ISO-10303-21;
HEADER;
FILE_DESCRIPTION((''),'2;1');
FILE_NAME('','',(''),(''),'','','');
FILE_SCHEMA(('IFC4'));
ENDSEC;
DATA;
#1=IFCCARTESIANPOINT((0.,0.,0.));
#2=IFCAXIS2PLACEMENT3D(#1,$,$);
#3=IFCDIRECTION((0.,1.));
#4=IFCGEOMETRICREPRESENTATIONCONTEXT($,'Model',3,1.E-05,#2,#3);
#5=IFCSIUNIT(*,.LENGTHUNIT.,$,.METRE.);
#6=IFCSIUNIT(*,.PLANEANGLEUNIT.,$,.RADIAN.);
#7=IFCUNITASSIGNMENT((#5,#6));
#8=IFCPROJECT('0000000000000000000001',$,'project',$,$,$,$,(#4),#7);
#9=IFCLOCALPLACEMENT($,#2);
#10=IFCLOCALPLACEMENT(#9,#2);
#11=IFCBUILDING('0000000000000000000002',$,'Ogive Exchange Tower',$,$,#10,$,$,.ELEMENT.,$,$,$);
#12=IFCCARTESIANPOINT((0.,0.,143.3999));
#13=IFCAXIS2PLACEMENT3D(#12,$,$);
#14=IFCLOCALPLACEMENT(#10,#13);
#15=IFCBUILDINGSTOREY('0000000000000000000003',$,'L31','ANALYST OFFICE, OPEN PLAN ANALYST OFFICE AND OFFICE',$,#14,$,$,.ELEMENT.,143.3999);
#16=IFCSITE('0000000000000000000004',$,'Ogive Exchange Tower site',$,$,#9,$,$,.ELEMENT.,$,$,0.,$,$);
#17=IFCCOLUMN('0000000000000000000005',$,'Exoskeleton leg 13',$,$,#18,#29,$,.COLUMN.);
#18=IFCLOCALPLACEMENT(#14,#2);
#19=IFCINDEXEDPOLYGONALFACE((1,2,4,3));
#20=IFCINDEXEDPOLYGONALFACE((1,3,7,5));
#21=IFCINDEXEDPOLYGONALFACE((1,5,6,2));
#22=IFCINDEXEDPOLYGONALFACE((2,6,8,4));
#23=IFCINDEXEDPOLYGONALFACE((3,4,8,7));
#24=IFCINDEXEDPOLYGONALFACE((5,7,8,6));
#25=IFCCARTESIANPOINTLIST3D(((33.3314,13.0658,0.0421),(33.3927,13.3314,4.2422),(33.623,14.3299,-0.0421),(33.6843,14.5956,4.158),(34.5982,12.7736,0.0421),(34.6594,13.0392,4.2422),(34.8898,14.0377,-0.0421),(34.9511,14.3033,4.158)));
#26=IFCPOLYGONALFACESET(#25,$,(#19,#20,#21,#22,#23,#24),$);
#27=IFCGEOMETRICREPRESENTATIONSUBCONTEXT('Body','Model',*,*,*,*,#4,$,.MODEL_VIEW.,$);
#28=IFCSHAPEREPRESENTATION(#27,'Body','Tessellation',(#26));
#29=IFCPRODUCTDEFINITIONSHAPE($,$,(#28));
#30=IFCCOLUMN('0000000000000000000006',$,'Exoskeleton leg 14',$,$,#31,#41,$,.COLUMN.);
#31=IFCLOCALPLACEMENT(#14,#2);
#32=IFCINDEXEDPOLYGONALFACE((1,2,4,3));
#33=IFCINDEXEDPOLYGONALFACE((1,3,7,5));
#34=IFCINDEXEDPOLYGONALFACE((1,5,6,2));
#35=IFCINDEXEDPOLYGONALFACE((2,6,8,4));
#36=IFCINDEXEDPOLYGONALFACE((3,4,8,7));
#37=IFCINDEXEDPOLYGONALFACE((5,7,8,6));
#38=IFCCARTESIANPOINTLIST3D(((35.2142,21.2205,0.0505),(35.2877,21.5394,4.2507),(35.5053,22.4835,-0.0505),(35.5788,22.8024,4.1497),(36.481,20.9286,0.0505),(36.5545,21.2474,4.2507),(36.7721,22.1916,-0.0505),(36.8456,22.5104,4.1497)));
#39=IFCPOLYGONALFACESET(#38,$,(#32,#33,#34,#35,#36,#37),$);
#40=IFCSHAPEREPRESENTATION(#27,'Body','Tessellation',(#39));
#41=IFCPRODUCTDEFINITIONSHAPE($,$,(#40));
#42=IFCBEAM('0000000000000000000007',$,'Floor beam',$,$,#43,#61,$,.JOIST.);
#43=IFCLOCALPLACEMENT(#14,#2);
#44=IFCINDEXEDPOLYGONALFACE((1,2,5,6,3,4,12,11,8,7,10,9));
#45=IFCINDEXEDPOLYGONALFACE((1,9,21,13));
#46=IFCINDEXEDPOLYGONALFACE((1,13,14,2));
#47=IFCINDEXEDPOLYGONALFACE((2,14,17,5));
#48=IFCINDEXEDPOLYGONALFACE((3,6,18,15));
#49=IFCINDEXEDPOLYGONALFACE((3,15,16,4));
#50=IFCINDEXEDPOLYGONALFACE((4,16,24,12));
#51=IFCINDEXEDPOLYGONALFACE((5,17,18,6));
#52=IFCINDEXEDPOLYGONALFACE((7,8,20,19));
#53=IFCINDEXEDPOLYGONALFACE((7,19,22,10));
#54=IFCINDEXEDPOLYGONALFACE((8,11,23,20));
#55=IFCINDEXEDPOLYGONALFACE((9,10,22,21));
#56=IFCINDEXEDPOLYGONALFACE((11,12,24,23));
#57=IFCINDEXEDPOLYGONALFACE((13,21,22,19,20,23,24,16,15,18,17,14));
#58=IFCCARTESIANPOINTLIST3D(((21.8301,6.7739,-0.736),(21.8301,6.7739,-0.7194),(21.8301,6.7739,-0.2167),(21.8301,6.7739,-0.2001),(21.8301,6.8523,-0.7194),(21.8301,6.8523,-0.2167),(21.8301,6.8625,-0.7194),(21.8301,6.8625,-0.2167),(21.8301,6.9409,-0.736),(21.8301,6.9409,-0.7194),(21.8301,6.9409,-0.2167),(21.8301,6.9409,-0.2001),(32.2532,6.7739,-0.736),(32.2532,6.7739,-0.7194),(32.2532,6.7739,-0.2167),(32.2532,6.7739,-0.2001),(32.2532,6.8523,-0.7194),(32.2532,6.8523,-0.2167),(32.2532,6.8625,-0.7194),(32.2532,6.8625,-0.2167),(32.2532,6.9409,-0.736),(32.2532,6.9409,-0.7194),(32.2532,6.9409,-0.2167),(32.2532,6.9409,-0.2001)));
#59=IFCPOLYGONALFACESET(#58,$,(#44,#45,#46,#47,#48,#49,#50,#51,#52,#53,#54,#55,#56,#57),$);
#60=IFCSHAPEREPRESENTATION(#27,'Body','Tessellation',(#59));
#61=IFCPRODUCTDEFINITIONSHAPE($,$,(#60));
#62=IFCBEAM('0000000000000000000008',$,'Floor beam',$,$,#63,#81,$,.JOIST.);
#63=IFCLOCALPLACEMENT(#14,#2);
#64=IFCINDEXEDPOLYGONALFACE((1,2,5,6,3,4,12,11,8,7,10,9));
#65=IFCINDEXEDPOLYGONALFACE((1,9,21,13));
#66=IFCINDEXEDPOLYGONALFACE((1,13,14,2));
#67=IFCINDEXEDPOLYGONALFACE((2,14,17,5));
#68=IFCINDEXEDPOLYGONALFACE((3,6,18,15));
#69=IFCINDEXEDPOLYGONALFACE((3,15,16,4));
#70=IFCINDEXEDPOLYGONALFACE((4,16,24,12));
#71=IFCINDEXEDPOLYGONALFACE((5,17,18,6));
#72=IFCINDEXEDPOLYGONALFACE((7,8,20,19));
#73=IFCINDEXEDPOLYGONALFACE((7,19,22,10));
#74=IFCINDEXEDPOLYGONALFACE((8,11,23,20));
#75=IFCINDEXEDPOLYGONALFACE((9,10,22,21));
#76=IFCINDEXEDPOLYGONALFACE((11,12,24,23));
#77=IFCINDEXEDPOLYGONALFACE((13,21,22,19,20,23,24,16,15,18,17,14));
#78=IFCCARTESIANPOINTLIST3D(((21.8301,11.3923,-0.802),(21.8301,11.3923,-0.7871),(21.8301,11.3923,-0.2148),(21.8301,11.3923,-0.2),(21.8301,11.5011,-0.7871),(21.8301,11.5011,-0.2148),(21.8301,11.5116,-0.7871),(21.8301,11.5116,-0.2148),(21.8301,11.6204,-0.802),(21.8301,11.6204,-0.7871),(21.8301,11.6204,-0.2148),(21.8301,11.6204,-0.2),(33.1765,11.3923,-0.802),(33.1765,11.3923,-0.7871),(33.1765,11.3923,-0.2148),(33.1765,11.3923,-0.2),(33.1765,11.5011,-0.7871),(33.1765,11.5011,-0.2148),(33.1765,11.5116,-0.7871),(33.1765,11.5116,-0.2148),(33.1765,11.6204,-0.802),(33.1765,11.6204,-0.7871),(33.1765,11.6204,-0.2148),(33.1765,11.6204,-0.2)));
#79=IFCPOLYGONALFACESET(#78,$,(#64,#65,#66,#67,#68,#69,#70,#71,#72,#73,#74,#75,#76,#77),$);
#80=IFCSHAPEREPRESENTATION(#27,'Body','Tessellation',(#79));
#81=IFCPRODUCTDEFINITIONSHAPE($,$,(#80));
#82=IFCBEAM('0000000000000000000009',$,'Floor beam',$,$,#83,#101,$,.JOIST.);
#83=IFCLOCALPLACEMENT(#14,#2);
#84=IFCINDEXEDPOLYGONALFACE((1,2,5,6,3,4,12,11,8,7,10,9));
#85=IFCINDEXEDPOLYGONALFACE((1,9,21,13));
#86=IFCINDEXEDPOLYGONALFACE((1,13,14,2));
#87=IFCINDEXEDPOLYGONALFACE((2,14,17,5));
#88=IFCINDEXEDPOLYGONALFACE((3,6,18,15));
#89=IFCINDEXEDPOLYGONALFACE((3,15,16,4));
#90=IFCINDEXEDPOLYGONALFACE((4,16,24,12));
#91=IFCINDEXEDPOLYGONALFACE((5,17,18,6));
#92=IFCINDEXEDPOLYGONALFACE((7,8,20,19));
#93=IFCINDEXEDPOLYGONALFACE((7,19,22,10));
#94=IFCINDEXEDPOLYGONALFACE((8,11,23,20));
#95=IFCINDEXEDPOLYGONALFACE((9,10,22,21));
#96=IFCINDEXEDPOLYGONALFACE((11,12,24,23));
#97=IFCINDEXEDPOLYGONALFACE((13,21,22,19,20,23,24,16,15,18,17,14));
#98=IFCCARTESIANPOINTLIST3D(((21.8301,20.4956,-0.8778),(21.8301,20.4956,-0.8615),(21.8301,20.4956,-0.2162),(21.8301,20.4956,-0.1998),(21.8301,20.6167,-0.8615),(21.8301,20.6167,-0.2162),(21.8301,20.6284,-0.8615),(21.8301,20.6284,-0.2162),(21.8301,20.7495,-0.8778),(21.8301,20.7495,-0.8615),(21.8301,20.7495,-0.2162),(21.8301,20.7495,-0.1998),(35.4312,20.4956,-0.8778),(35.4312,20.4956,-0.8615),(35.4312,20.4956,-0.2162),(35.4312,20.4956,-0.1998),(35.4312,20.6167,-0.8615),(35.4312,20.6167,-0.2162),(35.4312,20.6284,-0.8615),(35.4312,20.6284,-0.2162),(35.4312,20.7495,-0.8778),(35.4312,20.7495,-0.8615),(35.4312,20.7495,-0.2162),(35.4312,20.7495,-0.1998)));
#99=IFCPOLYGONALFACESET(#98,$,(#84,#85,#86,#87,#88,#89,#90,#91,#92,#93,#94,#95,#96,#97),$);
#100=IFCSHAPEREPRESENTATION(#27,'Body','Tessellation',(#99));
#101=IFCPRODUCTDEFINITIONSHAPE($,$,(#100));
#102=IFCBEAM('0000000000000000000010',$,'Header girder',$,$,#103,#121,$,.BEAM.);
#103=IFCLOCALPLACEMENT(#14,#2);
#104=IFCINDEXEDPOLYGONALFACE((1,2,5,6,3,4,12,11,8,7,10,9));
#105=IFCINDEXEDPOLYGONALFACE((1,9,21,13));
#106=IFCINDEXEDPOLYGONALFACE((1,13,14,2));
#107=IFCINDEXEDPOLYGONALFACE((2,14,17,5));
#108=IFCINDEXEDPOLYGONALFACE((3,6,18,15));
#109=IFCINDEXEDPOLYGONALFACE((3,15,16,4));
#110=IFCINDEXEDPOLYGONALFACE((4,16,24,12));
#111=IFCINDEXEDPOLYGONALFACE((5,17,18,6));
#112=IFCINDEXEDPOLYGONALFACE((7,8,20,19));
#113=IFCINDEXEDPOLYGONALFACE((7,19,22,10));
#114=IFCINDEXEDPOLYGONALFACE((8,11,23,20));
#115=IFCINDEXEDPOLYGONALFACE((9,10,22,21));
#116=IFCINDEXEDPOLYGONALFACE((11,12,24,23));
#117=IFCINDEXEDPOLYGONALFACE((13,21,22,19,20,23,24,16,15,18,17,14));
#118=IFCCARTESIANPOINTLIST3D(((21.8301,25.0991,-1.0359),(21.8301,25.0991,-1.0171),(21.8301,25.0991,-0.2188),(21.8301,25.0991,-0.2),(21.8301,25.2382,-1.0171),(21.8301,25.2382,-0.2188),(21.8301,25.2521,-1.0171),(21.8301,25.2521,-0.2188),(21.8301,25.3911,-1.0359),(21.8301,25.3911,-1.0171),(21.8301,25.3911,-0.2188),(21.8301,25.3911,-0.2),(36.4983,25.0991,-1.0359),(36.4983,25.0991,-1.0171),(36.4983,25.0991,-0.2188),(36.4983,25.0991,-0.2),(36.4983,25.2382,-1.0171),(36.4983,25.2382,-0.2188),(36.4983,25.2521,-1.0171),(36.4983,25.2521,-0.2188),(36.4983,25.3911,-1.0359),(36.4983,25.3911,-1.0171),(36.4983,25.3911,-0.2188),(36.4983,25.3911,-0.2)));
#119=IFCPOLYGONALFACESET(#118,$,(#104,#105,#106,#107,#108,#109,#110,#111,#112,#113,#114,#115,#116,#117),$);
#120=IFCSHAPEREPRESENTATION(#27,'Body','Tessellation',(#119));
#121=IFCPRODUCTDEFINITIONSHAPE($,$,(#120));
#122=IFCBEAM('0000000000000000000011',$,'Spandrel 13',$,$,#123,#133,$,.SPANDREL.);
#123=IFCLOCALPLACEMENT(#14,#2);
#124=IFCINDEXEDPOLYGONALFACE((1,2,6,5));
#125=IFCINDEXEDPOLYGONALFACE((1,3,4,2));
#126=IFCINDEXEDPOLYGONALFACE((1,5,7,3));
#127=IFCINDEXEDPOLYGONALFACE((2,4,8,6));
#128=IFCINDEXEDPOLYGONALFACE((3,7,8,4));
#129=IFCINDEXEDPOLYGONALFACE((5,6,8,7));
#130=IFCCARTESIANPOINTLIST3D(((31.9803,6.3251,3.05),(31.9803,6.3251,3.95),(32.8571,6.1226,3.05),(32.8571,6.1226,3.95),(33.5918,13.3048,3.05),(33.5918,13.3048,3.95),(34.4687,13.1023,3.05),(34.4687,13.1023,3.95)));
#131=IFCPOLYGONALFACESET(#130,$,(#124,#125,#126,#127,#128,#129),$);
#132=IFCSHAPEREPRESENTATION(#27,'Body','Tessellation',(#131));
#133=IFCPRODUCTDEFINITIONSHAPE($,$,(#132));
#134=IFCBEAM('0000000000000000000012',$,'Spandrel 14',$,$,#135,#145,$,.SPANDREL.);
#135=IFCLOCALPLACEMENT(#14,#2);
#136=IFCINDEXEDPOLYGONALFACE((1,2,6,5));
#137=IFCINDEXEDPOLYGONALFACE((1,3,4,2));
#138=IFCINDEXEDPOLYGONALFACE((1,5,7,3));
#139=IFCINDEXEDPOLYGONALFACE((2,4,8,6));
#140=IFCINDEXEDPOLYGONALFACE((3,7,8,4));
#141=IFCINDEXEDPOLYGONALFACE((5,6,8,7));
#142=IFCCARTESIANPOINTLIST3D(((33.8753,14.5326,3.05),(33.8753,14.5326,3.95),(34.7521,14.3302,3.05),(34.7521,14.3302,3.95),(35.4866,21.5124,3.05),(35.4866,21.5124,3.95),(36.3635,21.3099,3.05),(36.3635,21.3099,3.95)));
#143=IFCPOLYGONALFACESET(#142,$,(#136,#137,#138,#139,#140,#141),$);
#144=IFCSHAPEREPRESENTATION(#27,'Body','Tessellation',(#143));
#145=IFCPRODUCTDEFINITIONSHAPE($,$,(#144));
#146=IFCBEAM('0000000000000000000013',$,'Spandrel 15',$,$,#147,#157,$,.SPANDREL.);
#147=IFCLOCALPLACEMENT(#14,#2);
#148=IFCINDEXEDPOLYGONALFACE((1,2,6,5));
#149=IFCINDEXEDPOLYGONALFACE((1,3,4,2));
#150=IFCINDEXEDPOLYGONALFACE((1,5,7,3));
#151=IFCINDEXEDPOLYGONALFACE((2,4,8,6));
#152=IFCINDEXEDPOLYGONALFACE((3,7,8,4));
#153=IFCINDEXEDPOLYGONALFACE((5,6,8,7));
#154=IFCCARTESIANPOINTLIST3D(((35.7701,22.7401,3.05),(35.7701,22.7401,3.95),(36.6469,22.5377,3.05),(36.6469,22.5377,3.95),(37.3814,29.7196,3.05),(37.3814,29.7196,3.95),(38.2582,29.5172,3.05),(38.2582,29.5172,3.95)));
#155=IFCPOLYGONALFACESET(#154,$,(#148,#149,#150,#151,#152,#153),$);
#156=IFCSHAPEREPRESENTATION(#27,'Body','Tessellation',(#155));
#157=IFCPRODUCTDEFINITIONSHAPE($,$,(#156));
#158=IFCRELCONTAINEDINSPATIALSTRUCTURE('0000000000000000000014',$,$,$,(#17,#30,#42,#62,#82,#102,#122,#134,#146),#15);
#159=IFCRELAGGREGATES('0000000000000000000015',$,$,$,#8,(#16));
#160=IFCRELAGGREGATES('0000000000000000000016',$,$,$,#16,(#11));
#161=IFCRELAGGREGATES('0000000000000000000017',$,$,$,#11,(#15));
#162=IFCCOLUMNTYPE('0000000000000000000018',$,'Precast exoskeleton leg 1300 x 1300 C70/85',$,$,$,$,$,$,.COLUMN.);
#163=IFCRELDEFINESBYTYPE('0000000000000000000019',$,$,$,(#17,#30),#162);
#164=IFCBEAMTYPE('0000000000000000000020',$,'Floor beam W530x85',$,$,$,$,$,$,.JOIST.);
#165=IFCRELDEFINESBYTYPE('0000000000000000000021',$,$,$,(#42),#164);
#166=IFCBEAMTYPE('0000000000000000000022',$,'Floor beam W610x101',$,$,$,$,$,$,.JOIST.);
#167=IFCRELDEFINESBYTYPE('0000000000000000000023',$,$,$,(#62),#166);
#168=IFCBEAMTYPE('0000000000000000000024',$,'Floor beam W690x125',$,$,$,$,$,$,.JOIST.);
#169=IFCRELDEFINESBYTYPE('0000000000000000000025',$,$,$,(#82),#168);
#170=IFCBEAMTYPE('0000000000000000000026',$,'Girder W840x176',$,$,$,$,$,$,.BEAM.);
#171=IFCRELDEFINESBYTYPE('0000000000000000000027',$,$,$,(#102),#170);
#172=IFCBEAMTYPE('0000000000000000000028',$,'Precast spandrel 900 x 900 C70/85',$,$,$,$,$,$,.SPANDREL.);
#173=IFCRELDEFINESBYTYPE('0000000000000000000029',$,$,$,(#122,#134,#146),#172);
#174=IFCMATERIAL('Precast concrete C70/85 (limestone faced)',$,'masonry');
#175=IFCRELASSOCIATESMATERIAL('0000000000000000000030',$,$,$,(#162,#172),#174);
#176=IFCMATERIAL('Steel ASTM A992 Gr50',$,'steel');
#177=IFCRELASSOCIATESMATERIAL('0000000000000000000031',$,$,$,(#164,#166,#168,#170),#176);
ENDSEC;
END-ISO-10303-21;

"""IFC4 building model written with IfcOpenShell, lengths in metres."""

from ifc_helpers import new_model, si_unit, direction, frame, origin, origin_2d, place, context, subcontext, project, spatial, rectangle, i_section, extrude, material, material_profile, profile_set, type_object, element, save


model = new_model("IFC4")

# Units and contexts
model_context = context("Model", 3, precision=1e-05, world=origin(), true_north=direction((0.0, 1.0)))
body_context = subcontext(model_context, "Body", "Model", "MODEL_VIEW")
ifc_project = project(units=[si_unit("LENGTHUNIT", "METRE"), si_unit("PLANEANGLEUNIT", "RADIAN")], contexts=[model_context])

# Site, building, storey
site_placement = place(None, origin())
site = spatial("IfcSite", under=ifc_project, at=site_placement, Name="Ogive Exchange Tower site", CompositionType="ELEMENT", RefElevation=0.0)
building_placement = place(site_placement, origin())
building = spatial("IfcBuilding", under=site, at=building_placement, Name="Ogive Exchange Tower", CompositionType="ELEMENT")
storey_placement = place(building_placement, frame((0.0, 0.0, 143.3999)))
storey = spatial("IfcBuildingStorey", under=building, at=storey_placement, Name="L31", Description="ANALYST OFFICE, OPEN PLAN ANALYST OFFICE AND OFFICE", CompositionType="ELEMENT", Elevation=143.3999)

# Columns
ifc_material_1 = material(Name="Precast concrete C70/85 (limestone faced)", Category="masonry")
ifc_material_profile_1 = material_profile(ifc_material_1, rectangle(XDim=1.3, YDim=1.3, at=origin_2d()), Name="1300 x 1300")
ifc_profile_set_1 = profile_set([ifc_material_profile_1], Name="Precast concrete C70/85 (limestone faced)")
column_type = type_object("IfcColumnType", Name="Precast exoskeleton leg 1300 x 1300 C70/85", PredefinedType="COLUMN", material=ifc_profile_set_1)
column_1_placement = place(storey_placement, frame((34.1106, 13.5518, 0.0), z_axis=(0.014559, 0.063108, 0.9979), x_axis=(-0.974406, 0.224794, 0.0)))
element("IfcColumn", 1, at=column_1_placement, inside=storey, type_object=column_type, Name="Exoskeleton leg 13", PredefinedType="COLUMN", context=body_context, shape_type="SweptSolid", body=[
    extrude(rectangle(XDim=1.3, YDim=1.3, at=origin_2d()), origin(), (0.0, 0.0, 1.0), 4.209),
])
column_2_placement = place(storey_placement, frame((35.9932, 21.7061, 0.0), z_axis=(0.017443, 0.075683, 0.996979), x_axis=(-0.974454, 0.224587, 0.0)))
element("IfcColumn", 2, at=column_2_placement, inside=storey, type_object=column_type, Name="Exoskeleton leg 14", PredefinedType="COLUMN", context=body_context, shape_type="SweptSolid", body=[
    extrude(rectangle(XDim=1.3, YDim=1.3, at=origin_2d()), origin(), (0.0, 0.0, 1.0), 4.2129),
])

# Beams
ifc_material_2 = material(Name="Steel ASTM A992 Gr50", Category="steel")
ifc_material_profile_2 = material_profile(ifc_material_2, i_section(OverallWidth=0.167, OverallDepth=0.5359, WebThickness=0.0103, FlangeThickness=0.0166, at=origin_2d()), Name="W530x85")
ifc_profile_set_2 = profile_set([ifc_material_profile_2], Name="Steel ASTM A992 Gr50")
beam_type_1 = type_object("IfcBeamType", Name="Floor beam W530x85", PredefinedType="JOIST", material=ifc_profile_set_2)
beam_1_placement = place(storey_placement, frame((21.8301, 6.8574, -0.468), z_axis=(1.0, 0.0, 0.0), x_axis=(0.0, 1.0, 0.0)))
element("IfcBeam", 3, at=beam_1_placement, inside=storey, type_object=beam_type_1, Name="Floor beam", PredefinedType="JOIST", context=body_context, shape_type="SweptSolid", body=[
    extrude(i_section(OverallWidth=0.167, OverallDepth=0.5359, WebThickness=0.0103, FlangeThickness=0.0166, at=origin_2d()), origin(), (0.0, 0.0, 1.0), 10.4231),
])
ifc_material_profile_3 = material_profile(ifc_material_2, i_section(OverallWidth=0.228, OverallDepth=0.6021, WebThickness=0.0105, FlangeThickness=0.0149, at=origin_2d()), Name="W610x101")
ifc_profile_set_3 = profile_set([ifc_material_profile_3], Name="Steel ASTM A992 Gr50")
beam_type_2 = type_object("IfcBeamType", Name="Floor beam W610x101", PredefinedType="JOIST", material=ifc_profile_set_3)
beam_2_placement = place(storey_placement, frame((21.8301, 11.5063, -0.501), z_axis=(1.0, 0.0, 0.0), x_axis=(0.0, 1.0, 0.0)))
element("IfcBeam", 4, at=beam_2_placement, inside=storey, type_object=beam_type_2, Name="Floor beam", PredefinedType="JOIST", context=body_context, shape_type="SweptSolid", body=[
    extrude(i_section(OverallWidth=0.228, OverallDepth=0.6021, WebThickness=0.0105, FlangeThickness=0.0149, at=origin_2d()), origin(), (0.0, 0.0, 1.0), 11.3464),
])
ifc_material_profile_4 = material_profile(ifc_material_2, i_section(OverallWidth=0.2539, OverallDepth=0.678, WebThickness=0.0117, FlangeThickness=0.0164, at=origin_2d()), Name="W690x125")
ifc_profile_set_4 = profile_set([ifc_material_profile_4], Name="Steel ASTM A992 Gr50")
beam_type_3 = type_object("IfcBeamType", Name="Floor beam W690x125", PredefinedType="JOIST", material=ifc_profile_set_4)
beam_3_placement = place(storey_placement, frame((21.8301, 20.6226, -0.5388), z_axis=(1.0, 0.0, 0.0), x_axis=(0.0, 1.0, 0.0)))
element("IfcBeam", 5, at=beam_3_placement, inside=storey, type_object=beam_type_3, Name="Floor beam", PredefinedType="JOIST", context=body_context, shape_type="SweptSolid", body=[
    extrude(i_section(OverallWidth=0.2539, OverallDepth=0.678, WebThickness=0.0117, FlangeThickness=0.0164, at=origin_2d()), origin(), (0.0, 0.0, 1.0), 13.6011),
])
ifc_material_profile_5 = material_profile(ifc_material_2, i_section(OverallWidth=0.292, OverallDepth=0.8359, WebThickness=0.0139, FlangeThickness=0.0188, at=origin_2d()), Name="W840x176")
ifc_profile_set_5 = profile_set([ifc_material_profile_5], Name="Steel ASTM A992 Gr50")
beam_type_4 = type_object("IfcBeamType", Name="Girder W840x176", PredefinedType="BEAM", material=ifc_profile_set_5)
beam_4_placement = place(storey_placement, frame((21.8301, 25.2451, -0.6179), z_axis=(1.0, 0.0, 0.0), x_axis=(0.0, 1.0, 0.0)))
element("IfcBeam", 6, at=beam_4_placement, inside=storey, type_object=beam_type_4, Name="Header girder", PredefinedType="BEAM", context=body_context, shape_type="SweptSolid", body=[
    extrude(i_section(OverallWidth=0.292, OverallDepth=0.8359, WebThickness=0.0139, FlangeThickness=0.0188, at=origin_2d()), origin(), (0.0, 0.0, 1.0), 14.6682),
])
ifc_material_profile_6 = material_profile(ifc_material_1, rectangle(XDim=0.8999, YDim=0.8999, at=origin_2d()), Name="900 x 900")
ifc_profile_set_6 = profile_set([ifc_material_profile_6], Name="Precast concrete C70/85 (limestone faced)")
beam_type_5 = type_object("IfcBeamType", Name="Precast spandrel 900 x 900 C70/85", PredefinedType="SPANDREL", material=ifc_profile_set_6)
for number, where, z_axis, x_axis, name in (
    (7, (32.4187, 6.2239, 3.5), (0.224974, 0.974365, 0.0), (-0.974365, 0.224974, 0.0), "Spandrel 13"),
    (8, (34.3137, 14.4314, 3.5), (0.224942, 0.974372, 0.0), (-0.974372, 0.224942, 0.0), "Spandrel 14"),
):
    element("IfcBeam", number, at=place(storey_placement, frame(where, z_axis=z_axis, x_axis=x_axis)), inside=storey, type_object=beam_type_5, Name=name, PredefinedType="SPANDREL", context=body_context, shape_type="SweptSolid", body=[
        extrude(rectangle(XDim=0.8999, YDim=0.8999, at=origin_2d()), origin(), (0.0, 0.0, 1.0), 7.1633),
    ])
beam_5_placement = place(storey_placement, frame((36.2085, 22.6389, 3.5), z_axis=(0.224949, 0.974371, 0.0), x_axis=(-0.974371, 0.224949, 0.0)))
element("IfcBeam", 9, at=beam_5_placement, inside=storey, type_object=beam_type_5, Name="Spandrel 15", PredefinedType="SPANDREL", context=body_context, shape_type="SweptSolid", body=[
    extrude(rectangle(XDim=0.8999, YDim=0.8999, at=origin_2d()), origin(), (0.0, 0.0, 1.0), 7.1631),
])

save(model, "model.ifc")
